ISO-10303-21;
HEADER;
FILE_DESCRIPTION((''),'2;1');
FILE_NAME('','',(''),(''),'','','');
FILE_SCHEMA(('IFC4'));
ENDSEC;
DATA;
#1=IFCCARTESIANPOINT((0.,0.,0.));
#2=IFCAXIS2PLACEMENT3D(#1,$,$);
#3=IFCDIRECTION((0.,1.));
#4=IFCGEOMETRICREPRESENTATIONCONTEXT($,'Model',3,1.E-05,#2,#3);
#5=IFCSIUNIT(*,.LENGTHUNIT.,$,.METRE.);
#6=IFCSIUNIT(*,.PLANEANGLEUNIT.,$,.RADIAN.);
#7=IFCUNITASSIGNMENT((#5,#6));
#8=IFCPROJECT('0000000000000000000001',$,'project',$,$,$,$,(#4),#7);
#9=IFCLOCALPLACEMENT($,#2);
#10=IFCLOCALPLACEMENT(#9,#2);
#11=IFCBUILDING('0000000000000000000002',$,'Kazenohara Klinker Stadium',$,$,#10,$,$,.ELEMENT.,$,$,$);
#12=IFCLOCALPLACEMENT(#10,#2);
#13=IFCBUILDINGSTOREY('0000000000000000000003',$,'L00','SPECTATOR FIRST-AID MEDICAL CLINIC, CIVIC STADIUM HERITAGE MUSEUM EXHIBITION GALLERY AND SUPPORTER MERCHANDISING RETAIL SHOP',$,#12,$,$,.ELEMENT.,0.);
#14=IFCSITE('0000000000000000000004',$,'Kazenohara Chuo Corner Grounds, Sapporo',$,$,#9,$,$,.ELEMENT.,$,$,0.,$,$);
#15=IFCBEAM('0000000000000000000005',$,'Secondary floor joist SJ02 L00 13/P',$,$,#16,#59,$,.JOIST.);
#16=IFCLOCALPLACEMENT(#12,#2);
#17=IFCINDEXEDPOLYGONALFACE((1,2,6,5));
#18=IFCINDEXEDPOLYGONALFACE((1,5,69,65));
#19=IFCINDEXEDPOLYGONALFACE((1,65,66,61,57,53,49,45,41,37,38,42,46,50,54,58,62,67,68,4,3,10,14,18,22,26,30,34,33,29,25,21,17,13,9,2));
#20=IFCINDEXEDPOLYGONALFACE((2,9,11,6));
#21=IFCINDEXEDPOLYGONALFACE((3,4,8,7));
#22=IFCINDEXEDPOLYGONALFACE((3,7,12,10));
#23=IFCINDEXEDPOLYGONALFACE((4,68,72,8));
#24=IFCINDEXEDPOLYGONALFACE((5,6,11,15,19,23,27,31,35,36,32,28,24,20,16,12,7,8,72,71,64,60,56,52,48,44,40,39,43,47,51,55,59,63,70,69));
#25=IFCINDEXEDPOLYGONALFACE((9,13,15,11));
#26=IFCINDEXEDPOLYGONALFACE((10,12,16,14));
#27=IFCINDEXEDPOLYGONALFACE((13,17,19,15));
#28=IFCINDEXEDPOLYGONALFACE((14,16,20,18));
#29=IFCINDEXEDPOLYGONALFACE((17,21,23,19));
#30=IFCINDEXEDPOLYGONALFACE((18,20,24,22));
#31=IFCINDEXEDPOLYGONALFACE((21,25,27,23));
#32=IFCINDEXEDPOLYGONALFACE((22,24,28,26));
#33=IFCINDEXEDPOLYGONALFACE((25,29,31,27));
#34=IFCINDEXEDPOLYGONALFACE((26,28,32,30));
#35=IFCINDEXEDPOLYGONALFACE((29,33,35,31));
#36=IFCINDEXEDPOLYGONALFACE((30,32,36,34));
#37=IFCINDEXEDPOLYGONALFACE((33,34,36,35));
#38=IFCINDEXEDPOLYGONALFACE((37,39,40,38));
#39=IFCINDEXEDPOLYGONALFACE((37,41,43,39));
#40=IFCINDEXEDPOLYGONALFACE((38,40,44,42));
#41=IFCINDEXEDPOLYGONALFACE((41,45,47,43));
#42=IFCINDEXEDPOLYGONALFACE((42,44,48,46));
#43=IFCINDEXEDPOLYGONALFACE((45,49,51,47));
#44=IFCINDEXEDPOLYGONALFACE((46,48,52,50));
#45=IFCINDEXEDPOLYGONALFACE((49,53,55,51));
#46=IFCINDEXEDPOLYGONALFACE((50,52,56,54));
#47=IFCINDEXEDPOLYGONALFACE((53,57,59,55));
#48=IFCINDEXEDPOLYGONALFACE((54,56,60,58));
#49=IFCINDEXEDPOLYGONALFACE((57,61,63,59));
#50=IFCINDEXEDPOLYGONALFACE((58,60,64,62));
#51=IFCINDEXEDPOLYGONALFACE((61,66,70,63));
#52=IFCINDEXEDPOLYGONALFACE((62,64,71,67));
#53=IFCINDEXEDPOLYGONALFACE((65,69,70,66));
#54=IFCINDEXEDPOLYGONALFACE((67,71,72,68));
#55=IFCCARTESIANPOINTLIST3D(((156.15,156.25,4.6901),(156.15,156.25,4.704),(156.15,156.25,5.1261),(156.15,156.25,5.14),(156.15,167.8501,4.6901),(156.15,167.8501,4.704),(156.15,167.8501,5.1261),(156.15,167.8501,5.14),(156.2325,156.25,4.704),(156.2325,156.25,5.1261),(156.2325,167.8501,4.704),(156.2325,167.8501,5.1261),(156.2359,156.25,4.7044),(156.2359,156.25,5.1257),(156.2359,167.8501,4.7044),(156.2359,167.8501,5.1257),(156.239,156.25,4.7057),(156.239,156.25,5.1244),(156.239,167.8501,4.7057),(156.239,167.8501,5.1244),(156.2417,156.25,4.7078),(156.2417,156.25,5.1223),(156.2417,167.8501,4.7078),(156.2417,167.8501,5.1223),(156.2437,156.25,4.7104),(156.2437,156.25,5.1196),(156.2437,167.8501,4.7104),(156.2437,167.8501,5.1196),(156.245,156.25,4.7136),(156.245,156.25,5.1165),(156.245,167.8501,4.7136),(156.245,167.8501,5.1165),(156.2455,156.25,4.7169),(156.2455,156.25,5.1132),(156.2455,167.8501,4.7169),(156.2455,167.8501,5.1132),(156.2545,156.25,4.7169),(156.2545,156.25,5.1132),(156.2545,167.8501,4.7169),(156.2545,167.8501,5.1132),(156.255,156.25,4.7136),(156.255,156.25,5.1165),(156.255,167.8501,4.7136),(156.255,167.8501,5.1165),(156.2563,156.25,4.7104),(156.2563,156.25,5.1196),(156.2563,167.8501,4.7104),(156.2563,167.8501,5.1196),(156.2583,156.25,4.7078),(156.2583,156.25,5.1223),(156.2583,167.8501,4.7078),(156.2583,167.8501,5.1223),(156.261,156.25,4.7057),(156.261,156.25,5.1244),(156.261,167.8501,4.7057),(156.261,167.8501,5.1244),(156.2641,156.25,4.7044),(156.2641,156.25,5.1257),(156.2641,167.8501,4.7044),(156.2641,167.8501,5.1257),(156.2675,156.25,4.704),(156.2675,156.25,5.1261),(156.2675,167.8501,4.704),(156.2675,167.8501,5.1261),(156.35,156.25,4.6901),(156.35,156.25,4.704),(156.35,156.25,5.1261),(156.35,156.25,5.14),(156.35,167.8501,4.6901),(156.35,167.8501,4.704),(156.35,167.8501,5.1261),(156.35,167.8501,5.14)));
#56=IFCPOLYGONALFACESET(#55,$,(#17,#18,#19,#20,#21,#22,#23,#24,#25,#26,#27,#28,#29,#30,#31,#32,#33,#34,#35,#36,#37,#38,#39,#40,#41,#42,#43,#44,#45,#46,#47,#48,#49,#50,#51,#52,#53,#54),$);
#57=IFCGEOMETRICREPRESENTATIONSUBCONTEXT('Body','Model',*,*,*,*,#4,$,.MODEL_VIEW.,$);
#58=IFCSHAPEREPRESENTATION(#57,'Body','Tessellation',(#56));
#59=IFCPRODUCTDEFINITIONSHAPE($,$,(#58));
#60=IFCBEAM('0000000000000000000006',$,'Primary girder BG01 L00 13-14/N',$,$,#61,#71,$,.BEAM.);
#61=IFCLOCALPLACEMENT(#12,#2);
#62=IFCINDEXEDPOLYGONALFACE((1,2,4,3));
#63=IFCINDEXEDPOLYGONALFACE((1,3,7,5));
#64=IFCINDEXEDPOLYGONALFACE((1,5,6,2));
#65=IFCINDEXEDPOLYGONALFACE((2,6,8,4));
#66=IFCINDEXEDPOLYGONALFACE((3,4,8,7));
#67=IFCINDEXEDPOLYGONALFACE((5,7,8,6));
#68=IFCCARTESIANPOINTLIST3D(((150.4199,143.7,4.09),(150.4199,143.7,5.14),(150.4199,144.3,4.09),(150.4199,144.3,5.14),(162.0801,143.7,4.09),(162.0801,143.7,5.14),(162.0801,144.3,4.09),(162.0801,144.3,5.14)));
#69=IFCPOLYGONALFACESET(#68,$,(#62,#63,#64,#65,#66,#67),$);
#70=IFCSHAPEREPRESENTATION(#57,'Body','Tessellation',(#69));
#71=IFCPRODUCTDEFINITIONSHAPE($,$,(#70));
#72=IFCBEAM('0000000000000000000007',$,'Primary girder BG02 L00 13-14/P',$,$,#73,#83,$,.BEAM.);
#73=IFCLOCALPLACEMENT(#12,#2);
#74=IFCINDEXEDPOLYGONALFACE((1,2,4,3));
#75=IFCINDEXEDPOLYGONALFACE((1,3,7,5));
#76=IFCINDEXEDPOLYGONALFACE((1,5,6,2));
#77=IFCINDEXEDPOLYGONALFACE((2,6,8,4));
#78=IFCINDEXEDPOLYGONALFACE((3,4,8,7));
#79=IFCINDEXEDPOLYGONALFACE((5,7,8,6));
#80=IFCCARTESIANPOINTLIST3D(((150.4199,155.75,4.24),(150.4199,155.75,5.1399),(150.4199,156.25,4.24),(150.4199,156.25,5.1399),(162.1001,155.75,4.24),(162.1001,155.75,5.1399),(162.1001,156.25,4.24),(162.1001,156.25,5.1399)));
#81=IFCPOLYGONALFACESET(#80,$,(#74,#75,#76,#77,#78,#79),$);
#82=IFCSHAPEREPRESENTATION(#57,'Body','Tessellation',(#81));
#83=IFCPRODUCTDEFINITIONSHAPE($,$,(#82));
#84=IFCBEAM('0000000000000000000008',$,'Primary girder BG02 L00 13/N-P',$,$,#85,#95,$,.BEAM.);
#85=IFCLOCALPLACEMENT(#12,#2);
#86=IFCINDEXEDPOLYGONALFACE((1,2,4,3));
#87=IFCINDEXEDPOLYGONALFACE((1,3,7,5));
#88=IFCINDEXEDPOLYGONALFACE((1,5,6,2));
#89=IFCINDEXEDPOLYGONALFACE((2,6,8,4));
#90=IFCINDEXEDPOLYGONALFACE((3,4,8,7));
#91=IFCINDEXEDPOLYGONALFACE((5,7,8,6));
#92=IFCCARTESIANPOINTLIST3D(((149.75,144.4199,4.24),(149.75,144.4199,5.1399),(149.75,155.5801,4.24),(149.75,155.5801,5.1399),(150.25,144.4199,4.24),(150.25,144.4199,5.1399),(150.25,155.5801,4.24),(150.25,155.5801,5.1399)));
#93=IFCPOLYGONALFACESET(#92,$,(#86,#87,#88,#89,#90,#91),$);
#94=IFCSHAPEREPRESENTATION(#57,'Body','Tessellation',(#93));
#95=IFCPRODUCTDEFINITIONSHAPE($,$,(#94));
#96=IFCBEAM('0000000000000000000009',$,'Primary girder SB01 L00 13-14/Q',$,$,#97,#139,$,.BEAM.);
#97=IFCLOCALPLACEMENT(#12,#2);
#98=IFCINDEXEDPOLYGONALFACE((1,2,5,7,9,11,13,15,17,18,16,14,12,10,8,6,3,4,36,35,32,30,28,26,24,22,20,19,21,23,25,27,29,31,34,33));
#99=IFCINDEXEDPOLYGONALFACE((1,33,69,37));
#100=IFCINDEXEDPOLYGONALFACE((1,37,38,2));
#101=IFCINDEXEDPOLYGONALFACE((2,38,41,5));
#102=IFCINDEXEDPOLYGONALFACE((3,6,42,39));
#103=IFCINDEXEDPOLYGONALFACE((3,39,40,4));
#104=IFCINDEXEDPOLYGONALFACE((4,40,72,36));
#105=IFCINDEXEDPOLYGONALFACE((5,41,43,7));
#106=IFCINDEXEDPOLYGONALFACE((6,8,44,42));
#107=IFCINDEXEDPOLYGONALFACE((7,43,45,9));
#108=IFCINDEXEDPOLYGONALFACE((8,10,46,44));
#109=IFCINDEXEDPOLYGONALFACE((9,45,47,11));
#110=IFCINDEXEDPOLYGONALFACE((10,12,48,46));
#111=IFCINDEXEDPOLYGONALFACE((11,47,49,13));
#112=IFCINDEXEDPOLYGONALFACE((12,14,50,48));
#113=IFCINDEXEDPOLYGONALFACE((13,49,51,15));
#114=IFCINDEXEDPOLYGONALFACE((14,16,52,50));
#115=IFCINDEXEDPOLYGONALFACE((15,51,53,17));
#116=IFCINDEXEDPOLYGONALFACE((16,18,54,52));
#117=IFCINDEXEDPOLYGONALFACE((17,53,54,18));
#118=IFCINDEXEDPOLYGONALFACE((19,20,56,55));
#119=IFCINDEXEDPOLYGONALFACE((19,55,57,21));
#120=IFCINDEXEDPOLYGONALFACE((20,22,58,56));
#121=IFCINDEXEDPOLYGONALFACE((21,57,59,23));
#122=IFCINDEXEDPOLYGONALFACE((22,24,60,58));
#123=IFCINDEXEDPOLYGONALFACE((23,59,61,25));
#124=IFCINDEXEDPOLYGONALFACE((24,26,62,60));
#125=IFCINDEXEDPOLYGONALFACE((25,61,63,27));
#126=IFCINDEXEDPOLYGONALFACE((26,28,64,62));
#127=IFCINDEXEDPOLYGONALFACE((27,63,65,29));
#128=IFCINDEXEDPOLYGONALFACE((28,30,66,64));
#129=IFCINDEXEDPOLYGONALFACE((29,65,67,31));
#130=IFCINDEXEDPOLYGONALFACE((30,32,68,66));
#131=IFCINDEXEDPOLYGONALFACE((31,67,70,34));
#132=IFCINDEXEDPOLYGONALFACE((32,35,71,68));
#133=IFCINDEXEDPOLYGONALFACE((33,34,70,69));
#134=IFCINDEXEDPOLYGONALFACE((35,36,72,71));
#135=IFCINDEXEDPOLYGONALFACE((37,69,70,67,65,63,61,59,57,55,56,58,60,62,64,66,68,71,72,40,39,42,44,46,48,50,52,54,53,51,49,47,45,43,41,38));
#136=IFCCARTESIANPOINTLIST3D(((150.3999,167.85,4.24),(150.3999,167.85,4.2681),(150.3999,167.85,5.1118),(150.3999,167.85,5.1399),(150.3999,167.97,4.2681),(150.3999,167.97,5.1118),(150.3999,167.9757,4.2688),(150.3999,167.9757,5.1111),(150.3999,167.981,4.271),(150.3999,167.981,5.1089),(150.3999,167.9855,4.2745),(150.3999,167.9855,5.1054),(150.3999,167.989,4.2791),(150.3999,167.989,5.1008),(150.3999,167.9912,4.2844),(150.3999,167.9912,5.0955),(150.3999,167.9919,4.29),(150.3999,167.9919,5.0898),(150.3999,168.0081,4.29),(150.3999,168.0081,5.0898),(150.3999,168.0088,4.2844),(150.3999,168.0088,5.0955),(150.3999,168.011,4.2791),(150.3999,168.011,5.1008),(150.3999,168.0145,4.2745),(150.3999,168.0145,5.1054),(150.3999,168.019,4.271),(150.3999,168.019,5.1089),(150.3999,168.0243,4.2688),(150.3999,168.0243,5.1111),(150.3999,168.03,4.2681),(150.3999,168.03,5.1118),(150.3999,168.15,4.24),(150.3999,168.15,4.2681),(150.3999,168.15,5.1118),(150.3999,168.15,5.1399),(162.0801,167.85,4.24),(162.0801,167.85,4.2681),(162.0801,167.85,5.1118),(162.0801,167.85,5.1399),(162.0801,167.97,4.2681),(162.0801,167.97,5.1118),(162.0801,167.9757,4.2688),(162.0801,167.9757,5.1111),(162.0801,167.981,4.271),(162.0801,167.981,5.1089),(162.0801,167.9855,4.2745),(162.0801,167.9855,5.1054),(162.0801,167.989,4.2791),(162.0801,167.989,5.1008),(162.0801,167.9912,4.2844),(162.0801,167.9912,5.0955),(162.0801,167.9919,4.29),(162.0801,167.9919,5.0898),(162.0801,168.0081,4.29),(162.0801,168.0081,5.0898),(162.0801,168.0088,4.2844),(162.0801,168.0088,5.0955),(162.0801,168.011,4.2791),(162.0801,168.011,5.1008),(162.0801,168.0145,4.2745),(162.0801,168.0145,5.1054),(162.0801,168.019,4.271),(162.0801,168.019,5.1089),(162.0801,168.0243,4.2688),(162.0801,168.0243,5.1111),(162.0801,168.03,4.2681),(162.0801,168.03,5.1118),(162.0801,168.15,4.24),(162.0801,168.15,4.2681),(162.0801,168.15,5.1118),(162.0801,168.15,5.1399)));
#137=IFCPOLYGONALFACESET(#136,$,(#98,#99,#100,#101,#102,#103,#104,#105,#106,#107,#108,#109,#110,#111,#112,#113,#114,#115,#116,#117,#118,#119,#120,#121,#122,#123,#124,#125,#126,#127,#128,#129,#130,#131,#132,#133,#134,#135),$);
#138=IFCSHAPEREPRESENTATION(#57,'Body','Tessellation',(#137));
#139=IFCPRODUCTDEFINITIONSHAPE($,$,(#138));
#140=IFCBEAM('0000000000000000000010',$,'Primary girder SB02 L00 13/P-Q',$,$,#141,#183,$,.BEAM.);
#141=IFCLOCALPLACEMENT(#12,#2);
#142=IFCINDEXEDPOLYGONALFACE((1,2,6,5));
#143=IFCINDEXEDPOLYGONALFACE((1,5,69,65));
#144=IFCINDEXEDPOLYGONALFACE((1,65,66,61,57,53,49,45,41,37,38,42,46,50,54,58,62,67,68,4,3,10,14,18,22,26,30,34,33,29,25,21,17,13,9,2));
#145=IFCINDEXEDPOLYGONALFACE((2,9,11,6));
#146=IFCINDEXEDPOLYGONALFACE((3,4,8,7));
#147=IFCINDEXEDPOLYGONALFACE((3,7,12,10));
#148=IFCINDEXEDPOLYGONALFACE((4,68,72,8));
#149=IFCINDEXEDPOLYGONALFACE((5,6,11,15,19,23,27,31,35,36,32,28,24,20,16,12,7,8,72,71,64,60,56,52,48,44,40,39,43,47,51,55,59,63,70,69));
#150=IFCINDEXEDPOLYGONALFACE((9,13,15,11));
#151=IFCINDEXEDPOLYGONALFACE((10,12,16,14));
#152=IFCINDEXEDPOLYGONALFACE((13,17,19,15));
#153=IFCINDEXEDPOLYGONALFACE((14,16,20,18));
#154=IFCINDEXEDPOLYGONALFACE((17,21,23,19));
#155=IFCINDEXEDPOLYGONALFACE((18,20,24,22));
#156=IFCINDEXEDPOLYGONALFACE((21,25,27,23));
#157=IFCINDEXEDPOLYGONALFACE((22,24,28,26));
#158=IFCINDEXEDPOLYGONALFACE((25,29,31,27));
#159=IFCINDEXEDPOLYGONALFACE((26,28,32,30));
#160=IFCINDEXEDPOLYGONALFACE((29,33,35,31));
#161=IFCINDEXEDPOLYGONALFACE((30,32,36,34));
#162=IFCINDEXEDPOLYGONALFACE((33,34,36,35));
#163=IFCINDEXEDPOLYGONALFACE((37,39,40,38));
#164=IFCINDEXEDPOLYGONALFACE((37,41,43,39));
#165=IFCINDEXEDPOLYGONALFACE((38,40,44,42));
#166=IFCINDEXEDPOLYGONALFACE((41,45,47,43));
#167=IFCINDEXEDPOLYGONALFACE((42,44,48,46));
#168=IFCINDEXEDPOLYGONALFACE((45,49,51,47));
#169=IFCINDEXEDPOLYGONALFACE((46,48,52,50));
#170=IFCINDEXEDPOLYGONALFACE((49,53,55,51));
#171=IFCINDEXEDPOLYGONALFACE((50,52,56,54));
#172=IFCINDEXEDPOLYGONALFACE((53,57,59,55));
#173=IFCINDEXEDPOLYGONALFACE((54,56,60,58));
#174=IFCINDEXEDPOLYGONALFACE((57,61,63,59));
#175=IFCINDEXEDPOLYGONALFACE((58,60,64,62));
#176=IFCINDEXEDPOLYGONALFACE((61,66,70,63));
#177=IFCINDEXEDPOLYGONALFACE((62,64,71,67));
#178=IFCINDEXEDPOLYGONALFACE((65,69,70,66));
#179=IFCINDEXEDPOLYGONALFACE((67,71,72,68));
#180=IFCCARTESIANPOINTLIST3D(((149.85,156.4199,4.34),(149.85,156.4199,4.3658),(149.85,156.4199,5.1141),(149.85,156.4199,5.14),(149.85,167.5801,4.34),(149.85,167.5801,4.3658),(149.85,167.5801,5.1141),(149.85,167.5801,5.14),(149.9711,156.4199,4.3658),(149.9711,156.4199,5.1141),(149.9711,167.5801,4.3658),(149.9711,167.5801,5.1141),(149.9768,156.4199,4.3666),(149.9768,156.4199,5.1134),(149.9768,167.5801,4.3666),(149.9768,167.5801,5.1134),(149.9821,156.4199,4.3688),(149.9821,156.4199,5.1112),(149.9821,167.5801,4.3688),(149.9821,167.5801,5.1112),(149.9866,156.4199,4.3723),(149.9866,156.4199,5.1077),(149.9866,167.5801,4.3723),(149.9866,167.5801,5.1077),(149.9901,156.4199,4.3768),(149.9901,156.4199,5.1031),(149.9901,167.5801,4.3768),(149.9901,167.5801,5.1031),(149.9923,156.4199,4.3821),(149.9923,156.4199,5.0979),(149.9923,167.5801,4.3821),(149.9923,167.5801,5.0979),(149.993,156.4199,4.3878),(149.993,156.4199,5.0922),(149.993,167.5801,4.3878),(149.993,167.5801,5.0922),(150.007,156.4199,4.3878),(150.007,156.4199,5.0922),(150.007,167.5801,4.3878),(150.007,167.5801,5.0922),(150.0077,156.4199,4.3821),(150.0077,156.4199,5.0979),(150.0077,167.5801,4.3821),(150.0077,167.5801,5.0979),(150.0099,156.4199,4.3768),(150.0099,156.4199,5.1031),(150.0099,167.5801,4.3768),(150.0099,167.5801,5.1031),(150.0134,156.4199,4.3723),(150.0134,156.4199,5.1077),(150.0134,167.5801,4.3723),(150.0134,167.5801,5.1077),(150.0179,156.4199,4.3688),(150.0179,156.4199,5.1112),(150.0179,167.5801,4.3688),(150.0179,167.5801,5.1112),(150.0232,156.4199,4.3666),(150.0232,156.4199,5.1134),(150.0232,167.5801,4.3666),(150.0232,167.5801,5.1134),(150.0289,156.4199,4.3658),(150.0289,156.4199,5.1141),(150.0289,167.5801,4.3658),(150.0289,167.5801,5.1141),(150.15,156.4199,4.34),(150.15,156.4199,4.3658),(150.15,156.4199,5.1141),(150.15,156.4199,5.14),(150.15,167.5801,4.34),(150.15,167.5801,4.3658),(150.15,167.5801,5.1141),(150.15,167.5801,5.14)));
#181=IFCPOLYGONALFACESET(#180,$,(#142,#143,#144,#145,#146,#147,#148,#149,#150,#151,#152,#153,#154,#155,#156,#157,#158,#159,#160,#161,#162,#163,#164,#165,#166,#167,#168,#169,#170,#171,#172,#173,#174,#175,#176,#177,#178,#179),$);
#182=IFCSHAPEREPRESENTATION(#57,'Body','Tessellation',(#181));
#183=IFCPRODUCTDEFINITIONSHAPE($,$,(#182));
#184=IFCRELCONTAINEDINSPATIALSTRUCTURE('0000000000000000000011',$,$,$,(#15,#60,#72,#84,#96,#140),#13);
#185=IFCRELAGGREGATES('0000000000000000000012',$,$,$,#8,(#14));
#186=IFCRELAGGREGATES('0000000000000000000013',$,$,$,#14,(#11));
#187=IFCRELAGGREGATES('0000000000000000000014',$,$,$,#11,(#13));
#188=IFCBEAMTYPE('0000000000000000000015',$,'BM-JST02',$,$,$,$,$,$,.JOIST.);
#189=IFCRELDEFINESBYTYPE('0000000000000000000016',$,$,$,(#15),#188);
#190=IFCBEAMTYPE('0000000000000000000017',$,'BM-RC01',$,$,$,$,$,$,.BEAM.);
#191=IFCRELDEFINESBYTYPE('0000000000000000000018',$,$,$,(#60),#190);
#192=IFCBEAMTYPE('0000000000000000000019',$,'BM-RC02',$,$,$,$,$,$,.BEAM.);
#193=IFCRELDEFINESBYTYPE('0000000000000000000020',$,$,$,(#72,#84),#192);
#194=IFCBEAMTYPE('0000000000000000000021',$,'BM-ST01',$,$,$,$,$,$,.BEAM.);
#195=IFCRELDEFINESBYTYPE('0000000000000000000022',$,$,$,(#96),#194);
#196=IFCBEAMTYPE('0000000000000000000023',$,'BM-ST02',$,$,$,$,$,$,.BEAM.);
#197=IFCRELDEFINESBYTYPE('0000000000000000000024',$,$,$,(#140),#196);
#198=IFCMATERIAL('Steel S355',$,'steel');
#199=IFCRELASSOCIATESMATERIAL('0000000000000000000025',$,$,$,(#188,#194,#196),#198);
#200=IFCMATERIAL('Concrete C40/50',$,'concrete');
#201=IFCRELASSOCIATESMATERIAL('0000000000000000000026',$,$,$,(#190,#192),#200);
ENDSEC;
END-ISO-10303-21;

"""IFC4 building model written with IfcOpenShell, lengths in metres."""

from ifc_helpers import new_model, si_unit, direction, frame, origin, origin_2d, place, context, subcontext, project, spatial, rectangle, i_section, extrude, material, material_profile, profile_set, type_object, element, save


model = new_model("IFC4")

# Units and contexts
model_context = context("Model", 3, precision=1e-05, world=origin(), true_north=direction((0.0, 1.0)))
body_context = subcontext(model_context, "Body", "Model", "MODEL_VIEW")
ifc_project = project(units=[si_unit("LENGTHUNIT", "METRE"), si_unit("PLANEANGLEUNIT", "RADIAN")], contexts=[model_context])

# Site, building, storey
site_placement = place(None, origin())
site = spatial("IfcSite", under=ifc_project, at=site_placement, Name="Kazenohara Chuo Corner Grounds, Sapporo", CompositionType="ELEMENT", RefElevation=0.0)
building_placement = place(site_placement, origin())
building = spatial("IfcBuilding", under=site, at=building_placement, Name="Kazenohara Klinker Stadium", CompositionType="ELEMENT")
storey_placement = place(building_placement, origin())
storey = spatial("IfcBuildingStorey", under=building, at=storey_placement, Name="L00", Description="SPECTATOR FIRST-AID MEDICAL CLINIC, CIVIC STADIUM HERITAGE MUSEUM EXHIBITION GALLERY AND SUPPORTER MERCHANDISING RETAIL SHOP", CompositionType="ELEMENT", Elevation=0.0)

# Shared definitions
ifc_material_1 = material(Name="Concrete C40/50", Category="concrete")

# Beams
ifc_material_2 = material(Name="Steel S355", Category="steel")
ifc_material_profile_1 = material_profile(ifc_material_2, i_section(OverallWidth=0.2, OverallDepth=0.45, WebThickness=0.009, FlangeThickness=0.0139, FilletRadius=0.0129, at=origin_2d()), Name="H-450x200x9x14")
ifc_profile_set_1 = profile_set([ifc_material_profile_1], Name="Steel S355")
beam_type_1 = type_object("IfcBeamType", Name="BM-JST02", PredefinedType="JOIST", material=ifc_profile_set_1)
beam_1_placement = place(storey_placement, frame((156.25, 156.25, 4.915), z_axis=(0.0, 1.0, 0.0), x_axis=(-1.0, 0.0, 0.0)))
element("IfcBeam", 1, at=beam_1_placement, inside=storey, type_object=beam_type_1, Name="Secondary floor joist SJ02 L00 13/P", PredefinedType="JOIST", context=body_context, shape_type="SweptSolid", body=[
    extrude(i_section(OverallWidth=0.2, OverallDepth=0.45, WebThickness=0.009, FlangeThickness=0.0139, FilletRadius=0.0129, at=origin_2d()), origin(), (0.0, 0.0, 1.0), 11.6001),
])
ifc_material_profile_2 = material_profile(ifc_material_1, rectangle(XDim=0.6001, YDim=1.05, at=origin_2d()), Name="RC-BM-600x1050")
ifc_profile_set_2 = profile_set([ifc_material_profile_2], Name="Concrete C40/50")
beam_type_2 = type_object("IfcBeamType", Name="BM-RC01", PredefinedType="BEAM", material=ifc_profile_set_2)
beam_2_placement = place(storey_placement, frame((150.4199, 144.0, 4.615), z_axis=(1.0, 0.0, 0.0), x_axis=(0.0, 1.0, 0.0)))
element("IfcBeam", 2, at=beam_2_placement, inside=storey, type_object=beam_type_2, Name="Primary girder BG01 L00 13-14/N", PredefinedType="BEAM", context=body_context, shape_type="SweptSolid", body=[
    extrude(rectangle(XDim=0.6001, YDim=1.05, at=origin_2d()), origin(), (0.0, 0.0, 1.0), 11.6602),
])
ifc_material_profile_3 = material_profile(ifc_material_1, rectangle(XDim=0.5, YDim=0.8999, at=origin_2d()), Name="RC-BM-500x900")
ifc_profile_set_3 = profile_set([ifc_material_profile_3], Name="Concrete C40/50")
beam_type_3 = type_object("IfcBeamType", Name="BM-RC02", PredefinedType="BEAM", material=ifc_profile_set_3)
beam_3_placement = place(storey_placement, frame((150.4199, 156.0, 4.6899), z_axis=(1.0, 0.0, 0.0), x_axis=(0.0, 1.0, 0.0)))
element("IfcBeam", 3, at=beam_3_placement, inside=storey, type_object=beam_type_3, Name="Primary girder BG02 L00 13-14/P", PredefinedType="BEAM", context=body_context, shape_type="SweptSolid", body=[
    extrude(rectangle(XDim=0.5, YDim=0.8999, at=origin_2d()), origin(), (0.0, 0.0, 1.0), 11.6802),
])
beam_4_placement = place(storey_placement, frame((150.0, 144.4199, 4.6899), z_axis=(0.0, 1.0, 0.0), x_axis=(-1.0, 0.0, 0.0)))
element("IfcBeam", 4, at=beam_4_placement, inside=storey, type_object=beam_type_3, Name="Primary girder BG02 L00 13/N-P", PredefinedType="BEAM", context=body_context, shape_type="SweptSolid", body=[
    extrude(rectangle(XDim=0.5, YDim=0.8999, at=origin_2d()), origin(), (0.0, 0.0, 1.0), 11.1602),
])
ifc_material_profile_4 = material_profile(ifc_material_2, i_section(OverallWidth=0.3, OverallDepth=0.8999, WebThickness=0.0161, FlangeThickness=0.0281, FilletRadius=0.022, at=origin_2d()), Name="H-900x300x16x28")
ifc_profile_set_4 = profile_set([ifc_material_profile_4], Name="Steel S355")
beam_type_4 = type_object("IfcBeamType", Name="BM-ST01", PredefinedType="BEAM", material=ifc_profile_set_4)
beam_5_placement = place(storey_placement, frame((150.3999, 168.0, 4.6899), z_axis=(1.0, 0.0, 0.0), x_axis=(0.0, 1.0, 0.0)))
element("IfcBeam", 5, at=beam_5_placement, inside=storey, type_object=beam_type_4, Name="Primary girder SB01 L00 13-14/Q", PredefinedType="BEAM", context=body_context, shape_type="SweptSolid", body=[
    extrude(i_section(OverallWidth=0.3, OverallDepth=0.8999, WebThickness=0.0161, FlangeThickness=0.0281, FilletRadius=0.022, at=origin_2d()), origin(), (0.0, 0.0, 1.0), 11.6802),
])
ifc_material_profile_5 = material_profile(ifc_material_2, i_section(OverallWidth=0.3, OverallDepth=0.8, WebThickness=0.0139, FlangeThickness=0.0259, FilletRadius=0.022, at=origin_2d()), Name="H-800x300x14x26")
ifc_profile_set_5 = profile_set([ifc_material_profile_5], Name="Steel S355")
beam_type_5 = type_object("IfcBeamType", Name="BM-ST02", PredefinedType="BEAM", material=ifc_profile_set_5)
for number, where, z_axis, x_axis, name in (
    (6, (150.0, 156.4199, 4.74), (0.0, 1.0, 0.0), (-1.0, 0.0, 0.0), "Primary girder SB02 L00 13/P-Q"),
):
    element("IfcBeam", number, at=place(storey_placement, frame(where, z_axis=z_axis, x_axis=x_axis)), inside=storey, type_object=beam_type_5, Name=name, PredefinedType="BEAM", context=body_context, shape_type="SweptSolid", body=[
        extrude(i_section(OverallWidth=0.3, OverallDepth=0.8, WebThickness=0.0139, FlangeThickness=0.0259, FilletRadius=0.022, at=origin_2d()), origin(), (0.0, 0.0, 1.0), 11.1602),
    ])

save(model, "model.ifc")
